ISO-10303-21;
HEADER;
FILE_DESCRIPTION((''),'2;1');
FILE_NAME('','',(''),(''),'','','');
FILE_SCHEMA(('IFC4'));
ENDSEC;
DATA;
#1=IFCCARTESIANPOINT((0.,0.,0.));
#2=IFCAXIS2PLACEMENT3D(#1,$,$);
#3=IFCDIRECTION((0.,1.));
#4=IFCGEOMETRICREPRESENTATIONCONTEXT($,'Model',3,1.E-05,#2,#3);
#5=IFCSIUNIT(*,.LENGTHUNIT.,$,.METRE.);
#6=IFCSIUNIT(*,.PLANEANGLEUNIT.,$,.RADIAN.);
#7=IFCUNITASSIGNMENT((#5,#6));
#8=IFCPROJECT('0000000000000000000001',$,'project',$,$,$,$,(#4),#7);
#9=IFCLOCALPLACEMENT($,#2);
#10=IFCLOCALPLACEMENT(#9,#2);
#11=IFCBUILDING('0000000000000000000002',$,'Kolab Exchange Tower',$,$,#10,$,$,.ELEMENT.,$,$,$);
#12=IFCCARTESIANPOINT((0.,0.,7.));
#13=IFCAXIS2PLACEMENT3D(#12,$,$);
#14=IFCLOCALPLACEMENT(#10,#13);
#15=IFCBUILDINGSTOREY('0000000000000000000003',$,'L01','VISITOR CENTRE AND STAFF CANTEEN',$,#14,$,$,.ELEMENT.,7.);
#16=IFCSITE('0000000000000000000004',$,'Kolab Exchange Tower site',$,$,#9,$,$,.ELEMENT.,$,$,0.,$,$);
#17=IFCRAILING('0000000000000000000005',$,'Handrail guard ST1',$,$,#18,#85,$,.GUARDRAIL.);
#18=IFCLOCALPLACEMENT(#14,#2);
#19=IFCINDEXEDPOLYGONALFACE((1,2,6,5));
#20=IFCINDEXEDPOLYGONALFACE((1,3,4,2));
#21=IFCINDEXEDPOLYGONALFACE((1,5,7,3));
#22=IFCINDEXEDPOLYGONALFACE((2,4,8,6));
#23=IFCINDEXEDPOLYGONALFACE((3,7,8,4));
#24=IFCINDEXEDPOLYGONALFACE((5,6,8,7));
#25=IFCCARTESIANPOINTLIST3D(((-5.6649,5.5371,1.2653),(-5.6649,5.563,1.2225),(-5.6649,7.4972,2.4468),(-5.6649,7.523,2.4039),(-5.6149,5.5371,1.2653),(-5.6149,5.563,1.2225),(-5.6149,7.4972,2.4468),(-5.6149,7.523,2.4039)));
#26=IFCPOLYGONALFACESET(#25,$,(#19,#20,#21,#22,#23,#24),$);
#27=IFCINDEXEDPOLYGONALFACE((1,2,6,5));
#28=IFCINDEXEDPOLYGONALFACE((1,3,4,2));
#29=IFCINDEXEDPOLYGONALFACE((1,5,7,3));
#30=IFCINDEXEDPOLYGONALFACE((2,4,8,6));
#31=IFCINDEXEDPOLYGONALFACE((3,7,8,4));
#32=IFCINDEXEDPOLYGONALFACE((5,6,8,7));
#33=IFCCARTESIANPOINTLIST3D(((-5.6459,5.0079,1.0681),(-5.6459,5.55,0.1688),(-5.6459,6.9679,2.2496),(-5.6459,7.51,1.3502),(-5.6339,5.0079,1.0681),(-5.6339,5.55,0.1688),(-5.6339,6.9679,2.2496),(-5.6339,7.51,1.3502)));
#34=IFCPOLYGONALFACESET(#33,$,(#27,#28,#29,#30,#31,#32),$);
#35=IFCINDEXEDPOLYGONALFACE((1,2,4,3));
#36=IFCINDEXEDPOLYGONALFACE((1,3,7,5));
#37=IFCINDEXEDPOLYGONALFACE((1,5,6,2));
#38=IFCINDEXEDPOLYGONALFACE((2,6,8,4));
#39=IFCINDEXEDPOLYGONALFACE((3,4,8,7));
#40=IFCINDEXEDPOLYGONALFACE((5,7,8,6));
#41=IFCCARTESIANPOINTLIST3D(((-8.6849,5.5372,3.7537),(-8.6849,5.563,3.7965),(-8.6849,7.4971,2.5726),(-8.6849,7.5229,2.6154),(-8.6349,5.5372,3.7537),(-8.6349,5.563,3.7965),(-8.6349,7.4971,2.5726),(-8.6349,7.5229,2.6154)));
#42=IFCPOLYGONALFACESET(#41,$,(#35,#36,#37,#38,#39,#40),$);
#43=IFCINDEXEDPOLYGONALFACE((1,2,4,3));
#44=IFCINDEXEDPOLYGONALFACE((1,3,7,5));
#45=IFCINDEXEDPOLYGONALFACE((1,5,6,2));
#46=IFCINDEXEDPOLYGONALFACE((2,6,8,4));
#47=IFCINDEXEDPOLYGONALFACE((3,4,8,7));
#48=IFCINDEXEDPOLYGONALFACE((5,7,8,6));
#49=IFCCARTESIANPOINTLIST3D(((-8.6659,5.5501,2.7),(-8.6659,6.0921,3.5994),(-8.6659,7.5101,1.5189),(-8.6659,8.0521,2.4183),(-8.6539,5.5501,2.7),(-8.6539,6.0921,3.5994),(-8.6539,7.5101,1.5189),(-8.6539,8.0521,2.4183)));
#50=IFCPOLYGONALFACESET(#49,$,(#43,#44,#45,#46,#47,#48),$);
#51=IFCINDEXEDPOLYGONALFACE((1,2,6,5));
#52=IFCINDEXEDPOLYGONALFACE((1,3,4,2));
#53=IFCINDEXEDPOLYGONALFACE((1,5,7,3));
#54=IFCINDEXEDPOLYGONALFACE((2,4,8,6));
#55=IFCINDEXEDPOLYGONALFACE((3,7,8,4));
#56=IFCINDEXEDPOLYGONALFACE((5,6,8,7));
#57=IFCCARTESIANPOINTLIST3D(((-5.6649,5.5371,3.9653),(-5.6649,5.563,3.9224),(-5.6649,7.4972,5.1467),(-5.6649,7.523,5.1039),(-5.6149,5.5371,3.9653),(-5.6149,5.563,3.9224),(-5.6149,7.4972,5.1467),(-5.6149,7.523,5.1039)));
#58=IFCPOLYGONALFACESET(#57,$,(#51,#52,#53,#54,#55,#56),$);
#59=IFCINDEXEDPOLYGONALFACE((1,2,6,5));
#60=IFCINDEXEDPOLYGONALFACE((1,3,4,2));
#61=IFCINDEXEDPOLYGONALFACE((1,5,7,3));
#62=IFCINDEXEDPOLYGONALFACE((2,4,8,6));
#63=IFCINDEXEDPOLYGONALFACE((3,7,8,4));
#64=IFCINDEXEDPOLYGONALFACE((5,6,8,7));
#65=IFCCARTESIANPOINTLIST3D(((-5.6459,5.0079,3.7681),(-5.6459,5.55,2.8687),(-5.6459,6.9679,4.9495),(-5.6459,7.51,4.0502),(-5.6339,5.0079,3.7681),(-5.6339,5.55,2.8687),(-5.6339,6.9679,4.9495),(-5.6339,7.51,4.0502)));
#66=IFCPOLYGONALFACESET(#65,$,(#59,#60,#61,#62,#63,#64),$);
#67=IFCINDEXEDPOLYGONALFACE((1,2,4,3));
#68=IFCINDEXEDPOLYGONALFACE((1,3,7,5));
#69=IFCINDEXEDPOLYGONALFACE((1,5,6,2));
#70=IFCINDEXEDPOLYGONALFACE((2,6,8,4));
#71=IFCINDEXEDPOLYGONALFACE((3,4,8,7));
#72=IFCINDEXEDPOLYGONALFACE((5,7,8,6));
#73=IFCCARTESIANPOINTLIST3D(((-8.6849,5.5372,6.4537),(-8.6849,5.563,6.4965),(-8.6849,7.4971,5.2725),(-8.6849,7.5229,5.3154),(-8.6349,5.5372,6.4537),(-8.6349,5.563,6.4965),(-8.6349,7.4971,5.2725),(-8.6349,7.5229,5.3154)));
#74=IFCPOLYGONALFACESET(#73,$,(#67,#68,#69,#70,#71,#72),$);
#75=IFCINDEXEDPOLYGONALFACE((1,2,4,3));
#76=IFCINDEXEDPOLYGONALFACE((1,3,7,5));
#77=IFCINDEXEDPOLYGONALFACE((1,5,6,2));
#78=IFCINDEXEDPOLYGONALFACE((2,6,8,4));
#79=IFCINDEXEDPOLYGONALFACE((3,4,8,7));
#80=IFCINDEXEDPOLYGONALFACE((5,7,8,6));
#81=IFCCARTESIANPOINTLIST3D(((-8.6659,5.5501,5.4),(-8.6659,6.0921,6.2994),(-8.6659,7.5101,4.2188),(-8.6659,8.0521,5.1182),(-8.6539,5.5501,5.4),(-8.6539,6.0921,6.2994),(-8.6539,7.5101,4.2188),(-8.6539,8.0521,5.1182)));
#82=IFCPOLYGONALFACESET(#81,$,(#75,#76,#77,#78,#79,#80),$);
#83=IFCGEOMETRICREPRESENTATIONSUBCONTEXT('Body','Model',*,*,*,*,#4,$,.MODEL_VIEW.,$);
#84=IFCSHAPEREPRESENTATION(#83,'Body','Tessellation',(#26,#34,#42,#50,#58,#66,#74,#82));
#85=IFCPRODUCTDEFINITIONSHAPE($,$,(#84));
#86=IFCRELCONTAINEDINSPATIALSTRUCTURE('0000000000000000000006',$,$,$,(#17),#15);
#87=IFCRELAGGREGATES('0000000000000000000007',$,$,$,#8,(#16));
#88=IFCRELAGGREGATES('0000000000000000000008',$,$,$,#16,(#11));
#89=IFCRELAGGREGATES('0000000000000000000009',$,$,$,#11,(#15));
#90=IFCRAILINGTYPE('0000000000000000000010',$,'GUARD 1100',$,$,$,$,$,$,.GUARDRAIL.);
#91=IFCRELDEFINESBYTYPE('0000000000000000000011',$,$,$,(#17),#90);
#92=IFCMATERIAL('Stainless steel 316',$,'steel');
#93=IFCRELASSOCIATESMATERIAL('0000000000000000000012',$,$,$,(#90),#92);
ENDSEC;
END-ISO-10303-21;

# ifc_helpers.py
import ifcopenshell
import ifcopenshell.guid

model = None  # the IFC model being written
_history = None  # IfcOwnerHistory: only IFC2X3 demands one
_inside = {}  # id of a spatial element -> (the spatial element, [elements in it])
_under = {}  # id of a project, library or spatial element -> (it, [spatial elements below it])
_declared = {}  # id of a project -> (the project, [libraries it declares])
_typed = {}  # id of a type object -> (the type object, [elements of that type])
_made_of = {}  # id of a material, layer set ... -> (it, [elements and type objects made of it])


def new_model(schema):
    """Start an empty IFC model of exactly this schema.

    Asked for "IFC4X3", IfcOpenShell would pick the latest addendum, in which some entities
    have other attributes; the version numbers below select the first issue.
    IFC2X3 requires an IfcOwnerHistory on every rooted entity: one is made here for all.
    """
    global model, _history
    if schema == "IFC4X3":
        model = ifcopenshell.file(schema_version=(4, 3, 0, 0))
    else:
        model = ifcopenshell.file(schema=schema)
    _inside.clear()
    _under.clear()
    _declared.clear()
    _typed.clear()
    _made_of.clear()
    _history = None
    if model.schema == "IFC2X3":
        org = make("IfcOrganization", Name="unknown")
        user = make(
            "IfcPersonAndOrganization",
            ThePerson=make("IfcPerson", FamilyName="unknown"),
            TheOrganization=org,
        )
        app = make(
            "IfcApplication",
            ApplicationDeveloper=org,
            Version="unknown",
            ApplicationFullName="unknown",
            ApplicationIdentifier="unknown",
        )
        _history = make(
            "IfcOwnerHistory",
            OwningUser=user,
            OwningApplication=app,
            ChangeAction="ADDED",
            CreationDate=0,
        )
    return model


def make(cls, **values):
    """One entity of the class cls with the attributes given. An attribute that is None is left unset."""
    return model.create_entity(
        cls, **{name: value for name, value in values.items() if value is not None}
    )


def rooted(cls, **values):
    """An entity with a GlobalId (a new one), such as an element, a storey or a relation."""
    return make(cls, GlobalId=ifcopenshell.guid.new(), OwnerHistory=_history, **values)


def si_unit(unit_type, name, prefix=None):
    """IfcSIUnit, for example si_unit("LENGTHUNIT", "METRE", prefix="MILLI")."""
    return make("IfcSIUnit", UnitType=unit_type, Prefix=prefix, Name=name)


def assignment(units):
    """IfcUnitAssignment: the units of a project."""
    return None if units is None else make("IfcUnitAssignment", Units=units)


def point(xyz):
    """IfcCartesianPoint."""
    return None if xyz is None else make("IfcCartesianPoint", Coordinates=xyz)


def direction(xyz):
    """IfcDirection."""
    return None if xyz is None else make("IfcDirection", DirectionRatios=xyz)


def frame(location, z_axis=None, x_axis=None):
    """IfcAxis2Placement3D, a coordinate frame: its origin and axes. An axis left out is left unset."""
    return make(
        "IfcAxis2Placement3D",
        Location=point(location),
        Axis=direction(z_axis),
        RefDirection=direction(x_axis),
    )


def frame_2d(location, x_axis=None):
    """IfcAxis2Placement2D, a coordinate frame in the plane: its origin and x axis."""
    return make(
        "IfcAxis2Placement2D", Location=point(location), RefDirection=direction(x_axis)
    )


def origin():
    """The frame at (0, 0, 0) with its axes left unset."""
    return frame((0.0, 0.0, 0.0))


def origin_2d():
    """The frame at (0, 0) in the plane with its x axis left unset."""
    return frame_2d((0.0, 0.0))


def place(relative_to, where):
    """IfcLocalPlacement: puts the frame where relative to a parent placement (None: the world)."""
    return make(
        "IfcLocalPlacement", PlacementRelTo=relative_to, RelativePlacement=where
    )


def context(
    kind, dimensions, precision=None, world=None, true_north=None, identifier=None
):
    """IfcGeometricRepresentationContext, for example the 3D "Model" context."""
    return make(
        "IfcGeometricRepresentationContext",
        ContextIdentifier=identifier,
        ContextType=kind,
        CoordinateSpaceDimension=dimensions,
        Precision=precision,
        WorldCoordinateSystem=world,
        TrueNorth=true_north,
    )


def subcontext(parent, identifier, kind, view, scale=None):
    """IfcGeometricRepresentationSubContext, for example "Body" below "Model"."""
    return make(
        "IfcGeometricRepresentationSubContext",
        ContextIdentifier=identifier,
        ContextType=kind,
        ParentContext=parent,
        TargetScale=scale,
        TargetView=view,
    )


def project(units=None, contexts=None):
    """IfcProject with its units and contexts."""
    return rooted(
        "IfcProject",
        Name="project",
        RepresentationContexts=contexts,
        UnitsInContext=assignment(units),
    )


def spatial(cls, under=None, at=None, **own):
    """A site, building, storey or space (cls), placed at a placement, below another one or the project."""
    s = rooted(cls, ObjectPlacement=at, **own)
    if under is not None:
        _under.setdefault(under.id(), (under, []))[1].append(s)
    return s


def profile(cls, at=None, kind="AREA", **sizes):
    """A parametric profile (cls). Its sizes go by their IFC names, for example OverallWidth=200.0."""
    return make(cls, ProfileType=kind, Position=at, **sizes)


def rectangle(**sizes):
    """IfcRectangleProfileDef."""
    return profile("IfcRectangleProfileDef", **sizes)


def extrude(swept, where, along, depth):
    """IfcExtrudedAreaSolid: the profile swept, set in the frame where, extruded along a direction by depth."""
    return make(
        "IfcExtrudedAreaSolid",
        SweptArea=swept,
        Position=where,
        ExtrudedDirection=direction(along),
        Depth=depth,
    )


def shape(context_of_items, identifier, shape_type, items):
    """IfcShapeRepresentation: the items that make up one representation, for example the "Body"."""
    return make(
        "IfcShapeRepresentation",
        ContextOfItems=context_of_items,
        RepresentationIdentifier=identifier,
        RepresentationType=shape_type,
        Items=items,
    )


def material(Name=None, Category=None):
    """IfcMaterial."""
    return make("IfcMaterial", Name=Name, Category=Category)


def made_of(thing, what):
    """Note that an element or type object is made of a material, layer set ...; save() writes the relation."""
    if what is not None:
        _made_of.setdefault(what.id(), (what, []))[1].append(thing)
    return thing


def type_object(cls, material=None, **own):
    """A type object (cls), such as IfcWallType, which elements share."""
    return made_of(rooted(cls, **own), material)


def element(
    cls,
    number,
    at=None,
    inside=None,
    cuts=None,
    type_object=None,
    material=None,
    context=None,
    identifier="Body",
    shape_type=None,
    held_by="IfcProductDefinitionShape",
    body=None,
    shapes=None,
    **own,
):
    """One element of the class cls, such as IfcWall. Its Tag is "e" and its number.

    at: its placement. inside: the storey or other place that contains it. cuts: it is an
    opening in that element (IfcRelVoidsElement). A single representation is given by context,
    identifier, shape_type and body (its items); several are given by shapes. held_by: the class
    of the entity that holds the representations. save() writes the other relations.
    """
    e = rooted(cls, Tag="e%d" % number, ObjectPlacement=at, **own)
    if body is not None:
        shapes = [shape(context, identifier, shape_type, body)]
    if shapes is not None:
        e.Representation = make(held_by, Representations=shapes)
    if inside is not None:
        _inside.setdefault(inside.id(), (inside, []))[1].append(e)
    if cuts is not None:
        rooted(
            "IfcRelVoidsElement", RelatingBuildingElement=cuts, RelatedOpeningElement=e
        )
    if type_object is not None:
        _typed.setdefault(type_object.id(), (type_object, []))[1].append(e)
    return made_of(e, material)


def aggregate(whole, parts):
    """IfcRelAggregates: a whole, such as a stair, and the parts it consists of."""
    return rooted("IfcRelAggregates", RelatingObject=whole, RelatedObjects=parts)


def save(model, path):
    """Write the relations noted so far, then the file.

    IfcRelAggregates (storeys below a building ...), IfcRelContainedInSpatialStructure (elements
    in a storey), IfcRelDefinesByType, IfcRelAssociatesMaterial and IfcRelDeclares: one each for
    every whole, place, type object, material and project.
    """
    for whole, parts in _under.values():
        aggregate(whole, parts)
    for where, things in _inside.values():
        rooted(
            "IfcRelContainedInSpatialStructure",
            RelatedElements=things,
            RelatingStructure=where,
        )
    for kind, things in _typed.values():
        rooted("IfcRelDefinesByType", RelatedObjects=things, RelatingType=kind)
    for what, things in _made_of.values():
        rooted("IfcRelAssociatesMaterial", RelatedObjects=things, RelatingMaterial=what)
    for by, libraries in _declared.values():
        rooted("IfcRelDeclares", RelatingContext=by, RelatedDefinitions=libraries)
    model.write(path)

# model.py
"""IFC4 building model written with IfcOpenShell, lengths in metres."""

from ifc_helpers import new_model, si_unit, direction, frame, frame_2d, origin, origin_2d, place, context, subcontext, project, spatial, rectangle, extrude, material, type_object, element, save


model = new_model("IFC4")

# Units and contexts
model_context = context("Model", 3, precision=1e-05, world=origin(), true_north=direction((0.0, 1.0)))
body_context = subcontext(model_context, "Body", "Model", "MODEL_VIEW")
ifc_project = project(units=[si_unit("LENGTHUNIT", "METRE"), si_unit("PLANEANGLEUNIT", "RADIAN")], contexts=[model_context])

# Site, building, storey
site_placement = place(None, origin())
site = spatial("IfcSite", under=ifc_project, at=site_placement, Name="Kolab Exchange Tower site", CompositionType="ELEMENT", RefElevation=0.0)
building_placement = place(site_placement, origin())
building = spatial("IfcBuilding", under=site, at=building_placement, Name="Kolab Exchange Tower", CompositionType="ELEMENT")
storey_placement = place(building_placement, frame((0.0, 0.0, 7.0)))
storey = spatial("IfcBuildingStorey", under=building, at=storey_placement, Name="L01", Description="VISITOR CENTRE AND STAFF CANTEEN", CompositionType="ELEMENT", Elevation=7.0)

# Railing
ifc_material_1 = material(Name="Stainless steel 316", Category="steel")
railing_type = type_object("IfcRailingType", Name="GUARD 1100", PredefinedType="GUARDRAIL", material=ifc_material_1)
railing_placement = place(storey_placement, frame((-5.6399, 5.55, 0.1687)))
element("IfcRailing", 1, at=railing_placement, inside=storey, type_object=railing_type, Name="Handrail guard ST1", PredefinedType="GUARDRAIL", context=body_context, shape_type="SweptSolid", body=[
    extrude(rectangle(XDim=0.05, YDim=0.05, at=origin_2d()), frame((0.0, 0.0, 1.0752), z_axis=(0.0, 0.856446, 0.516236), x_axis=(-1.0, 0.0, 0.0)), (0.0, 0.0, 1.0), 2.2886),
    extrude(rectangle(XDim=0.012, YDim=1.0501, at=frame_2d((0.0, 0.5251))), frame((0.0, 0.0, 0.0), z_axis=(0.0, 0.856446, 0.516236), x_axis=(-1.0, 0.0, 0.0)), (0.0, 0.0, 1.0), 2.2886),
    extrude(rectangle(XDim=0.05, YDim=0.05, at=origin_2d()), frame((-3.02, 1.96, 2.4253), z_axis=(0.0, -0.856493, 0.516158), x_axis=(1.0, 0.0, 0.0)), (0.0, 0.0, 1.0), 2.2883),
    extrude(rectangle(XDim=0.012, YDim=1.0501, at=frame_2d((0.0, 0.5251))), frame((-3.02, 1.96, 1.3501), z_axis=(0.0, -0.856493, 0.516158), x_axis=(1.0, 0.0, 0.0)), (0.0, 0.0, 1.0), 2.2883),
    extrude(rectangle(XDim=0.05, YDim=0.05, at=origin_2d()), frame((0.0, 0.0, 3.7751), z_axis=(0.0, 0.856446, 0.516236), x_axis=(-1.0, 0.0, 0.0)), (0.0, 0.0, 1.0), 2.2886),
    extrude(rectangle(XDim=0.012, YDim=1.0501, at=frame_2d((0.0, 0.5251))), frame((0.0, 0.0, 2.7), z_axis=(0.0, 0.856446, 0.516236), x_axis=(-1.0, 0.0, 0.0)), (0.0, 0.0, 1.0), 2.2886),
    extrude(rectangle(XDim=0.05, YDim=0.05, at=origin_2d()), frame((-3.02, 1.96, 5.1252), z_axis=(0.0, -0.856493, 0.516158), x_axis=(1.0, 0.0, 0.0)), (0.0, 0.0, 1.0), 2.2883),
    extrude(rectangle(XDim=0.012, YDim=1.0501, at=frame_2d((0.0, 0.5251))), frame((-3.02, 1.96, 4.05), z_axis=(0.0, -0.856493, 0.516158), x_axis=(1.0, 0.0, 0.0)), (0.0, 0.0, 1.0), 2.2883),
])

save(model, "model.ifc")
